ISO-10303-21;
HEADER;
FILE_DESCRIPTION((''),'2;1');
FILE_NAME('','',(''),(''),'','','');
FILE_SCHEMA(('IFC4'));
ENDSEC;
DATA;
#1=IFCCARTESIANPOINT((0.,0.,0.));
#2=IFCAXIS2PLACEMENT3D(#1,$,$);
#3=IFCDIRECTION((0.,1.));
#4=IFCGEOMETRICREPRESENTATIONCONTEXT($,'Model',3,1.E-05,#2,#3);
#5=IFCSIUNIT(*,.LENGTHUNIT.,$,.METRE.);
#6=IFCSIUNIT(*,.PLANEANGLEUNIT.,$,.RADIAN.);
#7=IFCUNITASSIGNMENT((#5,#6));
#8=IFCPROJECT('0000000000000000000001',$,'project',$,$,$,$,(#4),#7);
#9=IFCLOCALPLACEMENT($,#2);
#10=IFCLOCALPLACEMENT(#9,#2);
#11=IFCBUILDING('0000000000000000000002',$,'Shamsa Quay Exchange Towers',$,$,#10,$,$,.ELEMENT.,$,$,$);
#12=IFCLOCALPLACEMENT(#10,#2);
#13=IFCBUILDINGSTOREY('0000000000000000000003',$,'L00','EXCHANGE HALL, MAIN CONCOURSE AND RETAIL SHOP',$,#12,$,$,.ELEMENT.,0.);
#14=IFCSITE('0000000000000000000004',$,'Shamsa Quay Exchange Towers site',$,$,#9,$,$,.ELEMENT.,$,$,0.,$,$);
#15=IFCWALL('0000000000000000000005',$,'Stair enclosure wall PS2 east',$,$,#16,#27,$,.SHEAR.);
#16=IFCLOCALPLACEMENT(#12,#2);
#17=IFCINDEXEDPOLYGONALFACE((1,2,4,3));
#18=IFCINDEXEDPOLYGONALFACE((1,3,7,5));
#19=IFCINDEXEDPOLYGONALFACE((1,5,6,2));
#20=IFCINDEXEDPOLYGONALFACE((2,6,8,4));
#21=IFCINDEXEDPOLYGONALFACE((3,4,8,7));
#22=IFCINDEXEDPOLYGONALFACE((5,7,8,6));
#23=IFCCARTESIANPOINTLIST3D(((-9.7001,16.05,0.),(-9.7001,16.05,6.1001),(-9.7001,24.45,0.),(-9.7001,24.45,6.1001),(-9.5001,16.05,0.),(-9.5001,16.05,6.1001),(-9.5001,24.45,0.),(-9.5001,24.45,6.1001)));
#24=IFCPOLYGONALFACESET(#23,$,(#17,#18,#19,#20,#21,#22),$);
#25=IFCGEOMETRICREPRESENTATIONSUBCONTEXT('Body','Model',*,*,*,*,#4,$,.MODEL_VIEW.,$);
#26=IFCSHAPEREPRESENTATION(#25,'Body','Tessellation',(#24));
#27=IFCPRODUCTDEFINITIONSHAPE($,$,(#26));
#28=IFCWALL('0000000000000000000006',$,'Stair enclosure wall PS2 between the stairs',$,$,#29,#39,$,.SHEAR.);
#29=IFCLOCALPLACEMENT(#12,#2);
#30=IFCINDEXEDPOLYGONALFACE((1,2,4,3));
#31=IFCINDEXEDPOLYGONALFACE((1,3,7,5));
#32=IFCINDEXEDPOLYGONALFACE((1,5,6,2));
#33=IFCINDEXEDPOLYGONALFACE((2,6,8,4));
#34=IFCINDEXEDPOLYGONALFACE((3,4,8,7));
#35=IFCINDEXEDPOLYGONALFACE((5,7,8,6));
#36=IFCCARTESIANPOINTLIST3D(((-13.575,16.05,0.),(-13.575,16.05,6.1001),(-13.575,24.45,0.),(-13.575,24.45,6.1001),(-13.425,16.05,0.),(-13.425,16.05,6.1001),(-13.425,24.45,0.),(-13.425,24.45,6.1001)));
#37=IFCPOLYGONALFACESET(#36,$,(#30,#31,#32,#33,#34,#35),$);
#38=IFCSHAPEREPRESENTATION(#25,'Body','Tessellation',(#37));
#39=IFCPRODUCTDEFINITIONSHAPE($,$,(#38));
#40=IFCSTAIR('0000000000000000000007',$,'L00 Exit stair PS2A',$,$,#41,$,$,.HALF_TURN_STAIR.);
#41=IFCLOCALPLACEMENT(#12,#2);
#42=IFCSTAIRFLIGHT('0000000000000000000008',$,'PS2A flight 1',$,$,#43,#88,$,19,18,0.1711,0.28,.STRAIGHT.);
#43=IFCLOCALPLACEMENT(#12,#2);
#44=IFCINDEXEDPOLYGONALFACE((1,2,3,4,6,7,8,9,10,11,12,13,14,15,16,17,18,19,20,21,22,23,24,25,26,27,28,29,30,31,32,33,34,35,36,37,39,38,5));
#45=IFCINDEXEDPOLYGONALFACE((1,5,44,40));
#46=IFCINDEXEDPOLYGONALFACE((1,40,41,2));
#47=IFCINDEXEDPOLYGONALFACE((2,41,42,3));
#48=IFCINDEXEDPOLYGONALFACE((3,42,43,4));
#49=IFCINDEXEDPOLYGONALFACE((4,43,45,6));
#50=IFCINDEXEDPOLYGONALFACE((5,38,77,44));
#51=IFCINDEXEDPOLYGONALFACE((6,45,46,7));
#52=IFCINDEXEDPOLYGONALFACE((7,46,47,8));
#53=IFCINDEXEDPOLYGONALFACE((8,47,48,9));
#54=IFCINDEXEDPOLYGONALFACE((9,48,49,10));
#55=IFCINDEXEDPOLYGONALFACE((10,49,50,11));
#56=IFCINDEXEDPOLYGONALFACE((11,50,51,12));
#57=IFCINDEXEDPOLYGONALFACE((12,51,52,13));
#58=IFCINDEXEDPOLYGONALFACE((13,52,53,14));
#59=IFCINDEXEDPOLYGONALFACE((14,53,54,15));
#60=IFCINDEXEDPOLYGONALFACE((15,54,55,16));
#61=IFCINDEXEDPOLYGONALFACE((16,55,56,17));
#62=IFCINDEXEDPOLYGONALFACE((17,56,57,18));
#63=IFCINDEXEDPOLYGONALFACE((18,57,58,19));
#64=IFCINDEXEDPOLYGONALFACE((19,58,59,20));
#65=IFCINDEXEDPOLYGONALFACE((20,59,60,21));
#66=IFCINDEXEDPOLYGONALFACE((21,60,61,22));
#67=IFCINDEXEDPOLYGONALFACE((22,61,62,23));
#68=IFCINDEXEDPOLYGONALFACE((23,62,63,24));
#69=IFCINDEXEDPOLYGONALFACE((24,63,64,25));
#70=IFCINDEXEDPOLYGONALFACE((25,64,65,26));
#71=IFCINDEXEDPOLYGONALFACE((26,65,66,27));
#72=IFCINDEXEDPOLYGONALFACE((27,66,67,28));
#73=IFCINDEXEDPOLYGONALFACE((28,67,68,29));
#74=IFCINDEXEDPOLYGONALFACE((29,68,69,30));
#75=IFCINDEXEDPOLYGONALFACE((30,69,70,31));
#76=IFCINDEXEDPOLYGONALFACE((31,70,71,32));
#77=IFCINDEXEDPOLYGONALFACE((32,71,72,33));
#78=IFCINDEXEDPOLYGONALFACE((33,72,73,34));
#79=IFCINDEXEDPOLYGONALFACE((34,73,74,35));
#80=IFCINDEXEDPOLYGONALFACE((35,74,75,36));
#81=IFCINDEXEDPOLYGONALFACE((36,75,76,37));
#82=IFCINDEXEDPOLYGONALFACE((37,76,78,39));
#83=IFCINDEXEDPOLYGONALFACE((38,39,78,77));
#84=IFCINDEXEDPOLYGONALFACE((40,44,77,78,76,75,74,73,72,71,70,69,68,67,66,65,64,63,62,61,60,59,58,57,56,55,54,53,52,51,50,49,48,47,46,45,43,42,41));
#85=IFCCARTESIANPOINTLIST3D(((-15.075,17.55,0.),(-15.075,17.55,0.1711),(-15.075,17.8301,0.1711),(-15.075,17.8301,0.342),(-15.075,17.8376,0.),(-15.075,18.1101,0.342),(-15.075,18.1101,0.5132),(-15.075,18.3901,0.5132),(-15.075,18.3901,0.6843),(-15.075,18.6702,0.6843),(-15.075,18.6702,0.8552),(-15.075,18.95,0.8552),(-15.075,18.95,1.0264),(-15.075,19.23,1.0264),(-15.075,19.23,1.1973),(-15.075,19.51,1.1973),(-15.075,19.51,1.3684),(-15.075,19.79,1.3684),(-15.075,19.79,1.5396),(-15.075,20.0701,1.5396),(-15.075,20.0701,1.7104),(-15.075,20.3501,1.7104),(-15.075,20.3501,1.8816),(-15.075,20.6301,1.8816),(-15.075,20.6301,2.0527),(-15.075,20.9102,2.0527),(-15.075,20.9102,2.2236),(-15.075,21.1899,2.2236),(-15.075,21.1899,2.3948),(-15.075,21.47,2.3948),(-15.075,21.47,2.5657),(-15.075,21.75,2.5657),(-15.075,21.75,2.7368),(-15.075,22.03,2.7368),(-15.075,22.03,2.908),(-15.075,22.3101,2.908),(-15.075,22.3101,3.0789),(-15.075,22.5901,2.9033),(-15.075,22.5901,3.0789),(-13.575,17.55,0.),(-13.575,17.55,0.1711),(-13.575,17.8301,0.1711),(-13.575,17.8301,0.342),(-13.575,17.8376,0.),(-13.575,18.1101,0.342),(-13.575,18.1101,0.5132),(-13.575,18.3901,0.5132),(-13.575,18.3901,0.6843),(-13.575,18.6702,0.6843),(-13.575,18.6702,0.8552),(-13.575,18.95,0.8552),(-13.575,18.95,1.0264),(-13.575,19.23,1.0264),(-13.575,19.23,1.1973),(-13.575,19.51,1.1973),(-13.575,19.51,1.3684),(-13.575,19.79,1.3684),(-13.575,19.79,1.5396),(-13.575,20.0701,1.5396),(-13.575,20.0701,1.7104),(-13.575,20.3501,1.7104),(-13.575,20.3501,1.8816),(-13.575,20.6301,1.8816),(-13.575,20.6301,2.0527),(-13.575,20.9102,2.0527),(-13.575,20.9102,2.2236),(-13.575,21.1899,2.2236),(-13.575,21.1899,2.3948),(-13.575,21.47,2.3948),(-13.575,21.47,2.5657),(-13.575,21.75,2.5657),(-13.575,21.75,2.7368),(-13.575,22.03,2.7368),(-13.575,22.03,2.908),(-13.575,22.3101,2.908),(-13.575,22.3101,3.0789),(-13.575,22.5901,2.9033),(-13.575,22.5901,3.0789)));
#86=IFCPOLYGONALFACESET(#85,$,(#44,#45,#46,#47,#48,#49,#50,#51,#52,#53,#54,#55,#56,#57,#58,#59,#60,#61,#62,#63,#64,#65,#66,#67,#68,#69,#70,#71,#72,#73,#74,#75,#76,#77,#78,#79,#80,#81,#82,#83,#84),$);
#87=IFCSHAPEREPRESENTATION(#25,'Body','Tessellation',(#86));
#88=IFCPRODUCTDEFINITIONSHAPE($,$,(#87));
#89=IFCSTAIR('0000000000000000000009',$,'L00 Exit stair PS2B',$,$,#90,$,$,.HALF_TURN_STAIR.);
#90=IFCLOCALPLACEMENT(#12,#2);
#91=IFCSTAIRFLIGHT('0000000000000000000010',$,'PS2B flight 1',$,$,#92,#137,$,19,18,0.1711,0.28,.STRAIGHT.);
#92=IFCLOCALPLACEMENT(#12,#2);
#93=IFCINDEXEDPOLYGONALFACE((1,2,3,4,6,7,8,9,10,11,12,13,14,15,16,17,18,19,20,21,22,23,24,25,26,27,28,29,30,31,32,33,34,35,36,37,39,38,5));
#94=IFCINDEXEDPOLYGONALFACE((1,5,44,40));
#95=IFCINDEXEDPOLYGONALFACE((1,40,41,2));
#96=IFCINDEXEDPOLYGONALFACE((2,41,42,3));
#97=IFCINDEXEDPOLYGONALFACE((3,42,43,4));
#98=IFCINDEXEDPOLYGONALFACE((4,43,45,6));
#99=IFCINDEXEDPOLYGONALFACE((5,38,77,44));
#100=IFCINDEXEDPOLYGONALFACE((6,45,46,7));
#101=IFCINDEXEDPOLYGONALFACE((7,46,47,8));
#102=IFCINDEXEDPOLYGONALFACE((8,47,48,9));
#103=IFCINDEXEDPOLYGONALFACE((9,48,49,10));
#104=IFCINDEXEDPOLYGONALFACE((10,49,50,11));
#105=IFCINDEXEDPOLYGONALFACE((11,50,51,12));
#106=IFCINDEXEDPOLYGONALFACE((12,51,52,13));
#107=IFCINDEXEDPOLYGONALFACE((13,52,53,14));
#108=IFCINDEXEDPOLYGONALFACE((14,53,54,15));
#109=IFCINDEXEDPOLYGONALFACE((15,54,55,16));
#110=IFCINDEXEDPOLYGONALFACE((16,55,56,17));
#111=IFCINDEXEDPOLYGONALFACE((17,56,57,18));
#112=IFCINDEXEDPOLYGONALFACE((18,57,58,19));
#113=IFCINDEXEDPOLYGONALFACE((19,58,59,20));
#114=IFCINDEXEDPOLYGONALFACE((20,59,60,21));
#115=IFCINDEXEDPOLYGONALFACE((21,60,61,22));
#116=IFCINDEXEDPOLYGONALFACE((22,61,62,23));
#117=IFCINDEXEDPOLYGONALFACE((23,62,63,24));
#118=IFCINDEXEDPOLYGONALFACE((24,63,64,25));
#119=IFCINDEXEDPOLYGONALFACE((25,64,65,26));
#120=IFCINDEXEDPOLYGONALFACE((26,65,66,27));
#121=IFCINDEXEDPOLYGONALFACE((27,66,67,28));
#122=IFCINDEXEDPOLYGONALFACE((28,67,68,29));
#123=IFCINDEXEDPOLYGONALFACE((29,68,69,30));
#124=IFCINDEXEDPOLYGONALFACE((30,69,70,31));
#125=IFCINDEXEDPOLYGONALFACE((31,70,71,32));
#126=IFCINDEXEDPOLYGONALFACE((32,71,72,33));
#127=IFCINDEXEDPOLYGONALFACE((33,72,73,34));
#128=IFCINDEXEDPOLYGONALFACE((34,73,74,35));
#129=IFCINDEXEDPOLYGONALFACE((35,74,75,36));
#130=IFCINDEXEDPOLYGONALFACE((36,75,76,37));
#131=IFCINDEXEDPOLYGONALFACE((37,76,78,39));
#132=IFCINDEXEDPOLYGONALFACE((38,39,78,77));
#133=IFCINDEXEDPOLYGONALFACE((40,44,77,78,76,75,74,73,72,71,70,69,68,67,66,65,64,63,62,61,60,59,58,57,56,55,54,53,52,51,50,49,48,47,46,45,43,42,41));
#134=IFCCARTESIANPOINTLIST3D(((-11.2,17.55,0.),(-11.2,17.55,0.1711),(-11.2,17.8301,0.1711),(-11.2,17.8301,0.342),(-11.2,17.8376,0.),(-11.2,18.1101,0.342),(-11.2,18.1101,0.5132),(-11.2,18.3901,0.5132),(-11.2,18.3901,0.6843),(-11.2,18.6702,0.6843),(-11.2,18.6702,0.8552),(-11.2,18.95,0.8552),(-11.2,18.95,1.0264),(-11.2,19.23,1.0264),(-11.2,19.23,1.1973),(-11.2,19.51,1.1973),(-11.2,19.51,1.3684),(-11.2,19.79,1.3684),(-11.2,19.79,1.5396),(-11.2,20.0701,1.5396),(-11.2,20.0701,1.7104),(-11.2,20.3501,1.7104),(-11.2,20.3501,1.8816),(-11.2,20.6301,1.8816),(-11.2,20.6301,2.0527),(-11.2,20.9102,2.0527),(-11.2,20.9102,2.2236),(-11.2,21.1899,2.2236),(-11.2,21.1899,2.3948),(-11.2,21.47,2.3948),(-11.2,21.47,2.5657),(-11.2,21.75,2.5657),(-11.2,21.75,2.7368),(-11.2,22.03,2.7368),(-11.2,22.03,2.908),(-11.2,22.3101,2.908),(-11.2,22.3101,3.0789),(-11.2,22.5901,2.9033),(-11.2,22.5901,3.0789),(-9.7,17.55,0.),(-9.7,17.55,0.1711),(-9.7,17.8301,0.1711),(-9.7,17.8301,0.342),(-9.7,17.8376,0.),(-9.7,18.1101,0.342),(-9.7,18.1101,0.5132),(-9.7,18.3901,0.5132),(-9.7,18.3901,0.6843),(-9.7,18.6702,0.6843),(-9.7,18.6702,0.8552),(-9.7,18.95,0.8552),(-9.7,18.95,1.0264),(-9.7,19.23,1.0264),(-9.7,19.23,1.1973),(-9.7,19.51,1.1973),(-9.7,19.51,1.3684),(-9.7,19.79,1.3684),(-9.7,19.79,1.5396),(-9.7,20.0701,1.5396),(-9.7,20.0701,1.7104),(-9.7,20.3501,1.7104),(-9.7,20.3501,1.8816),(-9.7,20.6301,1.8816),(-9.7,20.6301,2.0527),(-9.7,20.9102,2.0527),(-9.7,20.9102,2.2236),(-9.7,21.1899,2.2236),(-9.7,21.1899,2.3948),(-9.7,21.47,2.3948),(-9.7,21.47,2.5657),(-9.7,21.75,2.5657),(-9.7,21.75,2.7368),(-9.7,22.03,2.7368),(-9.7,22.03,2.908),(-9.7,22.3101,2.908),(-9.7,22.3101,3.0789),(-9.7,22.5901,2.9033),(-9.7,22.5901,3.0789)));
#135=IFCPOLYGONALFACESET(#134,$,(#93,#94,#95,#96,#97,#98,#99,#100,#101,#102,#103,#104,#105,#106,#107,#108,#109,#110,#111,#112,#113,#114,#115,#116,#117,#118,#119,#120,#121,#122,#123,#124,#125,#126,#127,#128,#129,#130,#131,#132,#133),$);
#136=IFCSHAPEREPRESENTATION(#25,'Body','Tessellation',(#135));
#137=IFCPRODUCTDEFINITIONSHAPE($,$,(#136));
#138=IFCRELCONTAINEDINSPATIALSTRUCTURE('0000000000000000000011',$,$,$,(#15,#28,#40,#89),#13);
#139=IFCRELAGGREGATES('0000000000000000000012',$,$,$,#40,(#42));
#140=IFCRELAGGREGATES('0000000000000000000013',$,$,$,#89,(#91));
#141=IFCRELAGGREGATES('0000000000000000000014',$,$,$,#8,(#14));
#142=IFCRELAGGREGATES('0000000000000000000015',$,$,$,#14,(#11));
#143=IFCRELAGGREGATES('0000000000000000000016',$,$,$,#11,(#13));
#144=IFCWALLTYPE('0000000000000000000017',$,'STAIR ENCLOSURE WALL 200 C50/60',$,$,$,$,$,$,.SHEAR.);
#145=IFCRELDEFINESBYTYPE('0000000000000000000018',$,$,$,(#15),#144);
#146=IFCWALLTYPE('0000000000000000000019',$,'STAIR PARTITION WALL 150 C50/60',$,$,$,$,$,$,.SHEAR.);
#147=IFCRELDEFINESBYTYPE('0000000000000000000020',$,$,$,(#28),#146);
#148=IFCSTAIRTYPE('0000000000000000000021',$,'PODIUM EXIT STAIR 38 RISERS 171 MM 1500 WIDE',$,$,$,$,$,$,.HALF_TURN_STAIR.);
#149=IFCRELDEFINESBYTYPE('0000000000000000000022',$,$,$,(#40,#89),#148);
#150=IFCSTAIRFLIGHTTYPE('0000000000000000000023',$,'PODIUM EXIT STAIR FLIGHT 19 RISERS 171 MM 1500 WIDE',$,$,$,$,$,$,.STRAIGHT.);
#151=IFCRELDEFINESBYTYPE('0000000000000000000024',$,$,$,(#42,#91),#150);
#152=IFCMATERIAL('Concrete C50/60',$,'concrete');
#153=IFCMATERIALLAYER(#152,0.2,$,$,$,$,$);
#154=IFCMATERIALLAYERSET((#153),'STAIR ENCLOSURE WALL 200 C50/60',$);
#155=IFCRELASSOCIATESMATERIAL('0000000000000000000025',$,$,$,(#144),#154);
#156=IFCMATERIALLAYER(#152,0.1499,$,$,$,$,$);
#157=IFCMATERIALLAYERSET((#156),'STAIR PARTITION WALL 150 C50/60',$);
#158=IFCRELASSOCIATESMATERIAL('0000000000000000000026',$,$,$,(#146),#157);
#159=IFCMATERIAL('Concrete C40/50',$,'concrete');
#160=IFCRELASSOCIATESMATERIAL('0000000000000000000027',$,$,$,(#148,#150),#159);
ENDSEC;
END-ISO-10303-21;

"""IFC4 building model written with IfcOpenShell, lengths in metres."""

from ifc_helpers import new_model, si_unit, direction, frame, frame_2d, origin, place, context, subcontext, project, spatial, polyline, rectangle, outline, extrude, material, layer, layer_set, type_object, element, aggregate, save


model = new_model("IFC4")

# Units and contexts
model_context = context("Model", 3, precision=1e-05, world=origin(), true_north=direction((0.0, 1.0)))
body_context = subcontext(model_context, "Body", "Model", "MODEL_VIEW")
ifc_project = project(units=[si_unit("LENGTHUNIT", "METRE"), si_unit("PLANEANGLEUNIT", "RADIAN")], contexts=[model_context])

# Site, building, storey
site_placement = place(None, origin())
site = spatial("IfcSite", under=ifc_project, at=site_placement, Name="Shamsa Quay Exchange Towers site", CompositionType="ELEMENT", RefElevation=0.0)
building_placement = place(site_placement, origin())
building = spatial("IfcBuilding", under=site, at=building_placement, Name="Shamsa Quay Exchange Towers", CompositionType="ELEMENT")
storey_placement = place(building_placement, origin())
storey = spatial("IfcBuildingStorey", under=building, at=storey_placement, Name="L00", Description="EXCHANGE HALL, MAIN CONCOURSE AND RETAIL SHOP", CompositionType="ELEMENT", Elevation=0.0)

# Shared definitions
ifc_material_1 = material(Name="Concrete C40/50", Category="concrete")

# Shared definitions
ifc_material_2 = material(Name="Concrete C50/60", Category="concrete")
ifc_layer_1 = layer(ifc_material_2, 0.2)
ifc_layer_set_1 = layer_set([ifc_layer_1], Name="STAIR ENCLOSURE WALL 200 C50/60")
wall_type_1 = type_object("IfcWallType", Name="STAIR ENCLOSURE WALL 200 C50/60", PredefinedType="SHEAR", material=ifc_layer_set_1)

# Walls
for number, where, z_axis, x_axis, name in (
    (1, (-9.6001, 16.05, 0.0), (0.0, 0.0, 1.0), (0.0, 1.0, 0.0), "Stair enclosure wall PS2 east"),
):
    element("IfcWall", number, at=place(storey_placement, frame(where, z_axis=z_axis, x_axis=x_axis)), inside=storey, type_object=wall_type_1, Name=name, PredefinedType="SHEAR", context=body_context, shape_type="SweptSolid", body=[
        extrude(rectangle(XDim=8.3999, YDim=0.2, at=frame_2d((4.2, 0.0))), origin(), (0.0, 0.0, 1.0), 6.1001),
    ])
ifc_layer_2 = layer(ifc_material_2, 0.1499)
ifc_layer_set_2 = layer_set([ifc_layer_2], Name="STAIR PARTITION WALL 150 C50/60")
wall_type_2 = type_object("IfcWallType", Name="STAIR PARTITION WALL 150 C50/60", PredefinedType="SHEAR", material=ifc_layer_set_2)
wall_1_placement = place(storey_placement, frame((-13.5, 16.05, 0.0), z_axis=(0.0, 0.0, 1.0), x_axis=(0.0, 1.0, 0.0)))
element("IfcWall", 2, at=wall_1_placement, inside=storey, type_object=wall_type_2, Name="Stair enclosure wall PS2 between the stairs", PredefinedType="SHEAR", context=body_context, shape_type="SweptSolid", body=[
    extrude(rectangle(XDim=8.3999, YDim=0.1499, at=frame_2d((4.2, 0.0))), origin(), (0.0, 0.0, 1.0), 6.1001),
])

# Stairs, stair flights
stair_type = type_object("IfcStairType", Name="PODIUM EXIT STAIR 38 RISERS 171 MM 1500 WIDE", PredefinedType="HALF_TURN_STAIR", material=ifc_material_1)
stair_1_placement = place(storey_placement, origin())
stair_1 = element("IfcStair", 3, at=stair_1_placement, inside=storey, type_object=stair_type, Name="L00 Exit stair PS2A", PredefinedType="HALF_TURN_STAIR")
stair_flight_type = type_object("IfcStairFlightType", Name="PODIUM EXIT STAIR FLIGHT 19 RISERS 171 MM 1500 WIDE", PredefinedType="STRAIGHT", material=ifc_material_1)
stair_flight_1_placement = place(storey_placement, frame((-14.325, 17.55, 0.0), z_axis=(0.0, 0.0, 1.0), x_axis=(0.0, 1.0, 0.0)))
stair_flight_1 = element("IfcStairFlight", 4, at=stair_flight_1_placement, type_object=stair_flight_type, Name="PS2A flight 1", NumberOfRisers=19, NumberOfTreads=18, PredefinedType="STRAIGHT", RiserHeight=0.1711, TreadLength=0.28, context=body_context, shape_type="SweptSolid", body=[
    extrude(outline(polyline([(0.0, 0.0), (0.0, 0.1711), (0.28, 0.1711), (0.28, 0.342), (0.5601, 0.342), (0.5601, 0.5132), (0.8401, 0.5132), (0.8401, 0.6843), (1.1201, 0.6843), (1.1201, 0.8552), (1.3999, 0.8552), (1.3999, 1.0264), (1.6799, 1.0264), (1.6799, 1.1973), (1.96, 1.1973), (1.96, 1.3684), (2.24, 1.3684), (2.24, 1.5396), (2.52, 1.5396), (2.52, 1.7104), (2.8, 1.7104), (2.8, 1.8816), (3.0801, 1.8816), (3.0801, 2.0527), (3.3601, 2.0527), (3.3601, 2.2236), (3.6399, 2.2236), (3.6399, 2.3948), (3.9199, 2.3948), (3.9199, 2.5657), (4.2, 2.5657), (4.2, 2.7368), (4.48, 2.7368), (4.48, 2.908), (4.76, 2.908), (4.76, 3.0789), (5.04, 3.0789), (5.04, 3.25), (5.04, 2.9033), (0.2876, 0.0), (0.0, 0.0)])), frame((0.0, 0.75, 0.0), z_axis=(0.0, -1.0, 0.0), x_axis=(1.0, 0.0, 0.0)), (0.0, 0.0, 1.0), 1.5),
])
aggregate(stair_1, [stair_flight_1])
stair_2_placement = place(storey_placement, origin())
stair_2 = element("IfcStair", 5, at=stair_2_placement, inside=storey, type_object=stair_type, Name="L00 Exit stair PS2B", PredefinedType="HALF_TURN_STAIR")
stair_flight_2_placement = place(storey_placement, frame((-10.45, 17.55, 0.0), z_axis=(0.0, 0.0, 1.0), x_axis=(0.0, 1.0, 0.0)))
stair_flight_2 = element("IfcStairFlight", 6, at=stair_flight_2_placement, type_object=stair_flight_type, Name="PS2B flight 1", NumberOfRisers=19, NumberOfTreads=18, PredefinedType="STRAIGHT", RiserHeight=0.1711, TreadLength=0.28, context=body_context, shape_type="SweptSolid", body=[
    extrude(outline(polyline([(0.0, 0.0), (0.0, 0.1711), (0.28, 0.1711), (0.28, 0.342), (0.5601, 0.342), (0.5601, 0.5132), (0.8401, 0.5132), (0.8401, 0.6843), (1.1201, 0.6843), (1.1201, 0.8552), (1.3999, 0.8552), (1.3999, 1.0264), (1.6799, 1.0264), (1.6799, 1.1973), (1.96, 1.1973), (1.96, 1.3684), (2.24, 1.3684), (2.24, 1.5396), (2.52, 1.5396), (2.52, 1.7104), (2.8, 1.7104), (2.8, 1.8816), (3.0801, 1.8816), (3.0801, 2.0527), (3.3601, 2.0527), (3.3601, 2.2236), (3.6399, 2.2236), (3.6399, 2.3948), (3.9199, 2.3948), (3.9199, 2.5657), (4.2, 2.5657), (4.2, 2.7368), (4.48, 2.7368), (4.48, 2.908), (4.76, 2.908), (4.76, 3.0789), (5.04, 3.0789), (5.04, 3.25), (5.04, 2.9033), (0.2876, 0.0), (0.0, 0.0)])), frame((0.0, 0.75, 0.0), z_axis=(0.0, -1.0, 0.0), x_axis=(1.0, 0.0, 0.0)), (0.0, 0.0, 1.0), 1.5),
])
aggregate(stair_2, [stair_flight_2])

save(model, "model.ifc")
